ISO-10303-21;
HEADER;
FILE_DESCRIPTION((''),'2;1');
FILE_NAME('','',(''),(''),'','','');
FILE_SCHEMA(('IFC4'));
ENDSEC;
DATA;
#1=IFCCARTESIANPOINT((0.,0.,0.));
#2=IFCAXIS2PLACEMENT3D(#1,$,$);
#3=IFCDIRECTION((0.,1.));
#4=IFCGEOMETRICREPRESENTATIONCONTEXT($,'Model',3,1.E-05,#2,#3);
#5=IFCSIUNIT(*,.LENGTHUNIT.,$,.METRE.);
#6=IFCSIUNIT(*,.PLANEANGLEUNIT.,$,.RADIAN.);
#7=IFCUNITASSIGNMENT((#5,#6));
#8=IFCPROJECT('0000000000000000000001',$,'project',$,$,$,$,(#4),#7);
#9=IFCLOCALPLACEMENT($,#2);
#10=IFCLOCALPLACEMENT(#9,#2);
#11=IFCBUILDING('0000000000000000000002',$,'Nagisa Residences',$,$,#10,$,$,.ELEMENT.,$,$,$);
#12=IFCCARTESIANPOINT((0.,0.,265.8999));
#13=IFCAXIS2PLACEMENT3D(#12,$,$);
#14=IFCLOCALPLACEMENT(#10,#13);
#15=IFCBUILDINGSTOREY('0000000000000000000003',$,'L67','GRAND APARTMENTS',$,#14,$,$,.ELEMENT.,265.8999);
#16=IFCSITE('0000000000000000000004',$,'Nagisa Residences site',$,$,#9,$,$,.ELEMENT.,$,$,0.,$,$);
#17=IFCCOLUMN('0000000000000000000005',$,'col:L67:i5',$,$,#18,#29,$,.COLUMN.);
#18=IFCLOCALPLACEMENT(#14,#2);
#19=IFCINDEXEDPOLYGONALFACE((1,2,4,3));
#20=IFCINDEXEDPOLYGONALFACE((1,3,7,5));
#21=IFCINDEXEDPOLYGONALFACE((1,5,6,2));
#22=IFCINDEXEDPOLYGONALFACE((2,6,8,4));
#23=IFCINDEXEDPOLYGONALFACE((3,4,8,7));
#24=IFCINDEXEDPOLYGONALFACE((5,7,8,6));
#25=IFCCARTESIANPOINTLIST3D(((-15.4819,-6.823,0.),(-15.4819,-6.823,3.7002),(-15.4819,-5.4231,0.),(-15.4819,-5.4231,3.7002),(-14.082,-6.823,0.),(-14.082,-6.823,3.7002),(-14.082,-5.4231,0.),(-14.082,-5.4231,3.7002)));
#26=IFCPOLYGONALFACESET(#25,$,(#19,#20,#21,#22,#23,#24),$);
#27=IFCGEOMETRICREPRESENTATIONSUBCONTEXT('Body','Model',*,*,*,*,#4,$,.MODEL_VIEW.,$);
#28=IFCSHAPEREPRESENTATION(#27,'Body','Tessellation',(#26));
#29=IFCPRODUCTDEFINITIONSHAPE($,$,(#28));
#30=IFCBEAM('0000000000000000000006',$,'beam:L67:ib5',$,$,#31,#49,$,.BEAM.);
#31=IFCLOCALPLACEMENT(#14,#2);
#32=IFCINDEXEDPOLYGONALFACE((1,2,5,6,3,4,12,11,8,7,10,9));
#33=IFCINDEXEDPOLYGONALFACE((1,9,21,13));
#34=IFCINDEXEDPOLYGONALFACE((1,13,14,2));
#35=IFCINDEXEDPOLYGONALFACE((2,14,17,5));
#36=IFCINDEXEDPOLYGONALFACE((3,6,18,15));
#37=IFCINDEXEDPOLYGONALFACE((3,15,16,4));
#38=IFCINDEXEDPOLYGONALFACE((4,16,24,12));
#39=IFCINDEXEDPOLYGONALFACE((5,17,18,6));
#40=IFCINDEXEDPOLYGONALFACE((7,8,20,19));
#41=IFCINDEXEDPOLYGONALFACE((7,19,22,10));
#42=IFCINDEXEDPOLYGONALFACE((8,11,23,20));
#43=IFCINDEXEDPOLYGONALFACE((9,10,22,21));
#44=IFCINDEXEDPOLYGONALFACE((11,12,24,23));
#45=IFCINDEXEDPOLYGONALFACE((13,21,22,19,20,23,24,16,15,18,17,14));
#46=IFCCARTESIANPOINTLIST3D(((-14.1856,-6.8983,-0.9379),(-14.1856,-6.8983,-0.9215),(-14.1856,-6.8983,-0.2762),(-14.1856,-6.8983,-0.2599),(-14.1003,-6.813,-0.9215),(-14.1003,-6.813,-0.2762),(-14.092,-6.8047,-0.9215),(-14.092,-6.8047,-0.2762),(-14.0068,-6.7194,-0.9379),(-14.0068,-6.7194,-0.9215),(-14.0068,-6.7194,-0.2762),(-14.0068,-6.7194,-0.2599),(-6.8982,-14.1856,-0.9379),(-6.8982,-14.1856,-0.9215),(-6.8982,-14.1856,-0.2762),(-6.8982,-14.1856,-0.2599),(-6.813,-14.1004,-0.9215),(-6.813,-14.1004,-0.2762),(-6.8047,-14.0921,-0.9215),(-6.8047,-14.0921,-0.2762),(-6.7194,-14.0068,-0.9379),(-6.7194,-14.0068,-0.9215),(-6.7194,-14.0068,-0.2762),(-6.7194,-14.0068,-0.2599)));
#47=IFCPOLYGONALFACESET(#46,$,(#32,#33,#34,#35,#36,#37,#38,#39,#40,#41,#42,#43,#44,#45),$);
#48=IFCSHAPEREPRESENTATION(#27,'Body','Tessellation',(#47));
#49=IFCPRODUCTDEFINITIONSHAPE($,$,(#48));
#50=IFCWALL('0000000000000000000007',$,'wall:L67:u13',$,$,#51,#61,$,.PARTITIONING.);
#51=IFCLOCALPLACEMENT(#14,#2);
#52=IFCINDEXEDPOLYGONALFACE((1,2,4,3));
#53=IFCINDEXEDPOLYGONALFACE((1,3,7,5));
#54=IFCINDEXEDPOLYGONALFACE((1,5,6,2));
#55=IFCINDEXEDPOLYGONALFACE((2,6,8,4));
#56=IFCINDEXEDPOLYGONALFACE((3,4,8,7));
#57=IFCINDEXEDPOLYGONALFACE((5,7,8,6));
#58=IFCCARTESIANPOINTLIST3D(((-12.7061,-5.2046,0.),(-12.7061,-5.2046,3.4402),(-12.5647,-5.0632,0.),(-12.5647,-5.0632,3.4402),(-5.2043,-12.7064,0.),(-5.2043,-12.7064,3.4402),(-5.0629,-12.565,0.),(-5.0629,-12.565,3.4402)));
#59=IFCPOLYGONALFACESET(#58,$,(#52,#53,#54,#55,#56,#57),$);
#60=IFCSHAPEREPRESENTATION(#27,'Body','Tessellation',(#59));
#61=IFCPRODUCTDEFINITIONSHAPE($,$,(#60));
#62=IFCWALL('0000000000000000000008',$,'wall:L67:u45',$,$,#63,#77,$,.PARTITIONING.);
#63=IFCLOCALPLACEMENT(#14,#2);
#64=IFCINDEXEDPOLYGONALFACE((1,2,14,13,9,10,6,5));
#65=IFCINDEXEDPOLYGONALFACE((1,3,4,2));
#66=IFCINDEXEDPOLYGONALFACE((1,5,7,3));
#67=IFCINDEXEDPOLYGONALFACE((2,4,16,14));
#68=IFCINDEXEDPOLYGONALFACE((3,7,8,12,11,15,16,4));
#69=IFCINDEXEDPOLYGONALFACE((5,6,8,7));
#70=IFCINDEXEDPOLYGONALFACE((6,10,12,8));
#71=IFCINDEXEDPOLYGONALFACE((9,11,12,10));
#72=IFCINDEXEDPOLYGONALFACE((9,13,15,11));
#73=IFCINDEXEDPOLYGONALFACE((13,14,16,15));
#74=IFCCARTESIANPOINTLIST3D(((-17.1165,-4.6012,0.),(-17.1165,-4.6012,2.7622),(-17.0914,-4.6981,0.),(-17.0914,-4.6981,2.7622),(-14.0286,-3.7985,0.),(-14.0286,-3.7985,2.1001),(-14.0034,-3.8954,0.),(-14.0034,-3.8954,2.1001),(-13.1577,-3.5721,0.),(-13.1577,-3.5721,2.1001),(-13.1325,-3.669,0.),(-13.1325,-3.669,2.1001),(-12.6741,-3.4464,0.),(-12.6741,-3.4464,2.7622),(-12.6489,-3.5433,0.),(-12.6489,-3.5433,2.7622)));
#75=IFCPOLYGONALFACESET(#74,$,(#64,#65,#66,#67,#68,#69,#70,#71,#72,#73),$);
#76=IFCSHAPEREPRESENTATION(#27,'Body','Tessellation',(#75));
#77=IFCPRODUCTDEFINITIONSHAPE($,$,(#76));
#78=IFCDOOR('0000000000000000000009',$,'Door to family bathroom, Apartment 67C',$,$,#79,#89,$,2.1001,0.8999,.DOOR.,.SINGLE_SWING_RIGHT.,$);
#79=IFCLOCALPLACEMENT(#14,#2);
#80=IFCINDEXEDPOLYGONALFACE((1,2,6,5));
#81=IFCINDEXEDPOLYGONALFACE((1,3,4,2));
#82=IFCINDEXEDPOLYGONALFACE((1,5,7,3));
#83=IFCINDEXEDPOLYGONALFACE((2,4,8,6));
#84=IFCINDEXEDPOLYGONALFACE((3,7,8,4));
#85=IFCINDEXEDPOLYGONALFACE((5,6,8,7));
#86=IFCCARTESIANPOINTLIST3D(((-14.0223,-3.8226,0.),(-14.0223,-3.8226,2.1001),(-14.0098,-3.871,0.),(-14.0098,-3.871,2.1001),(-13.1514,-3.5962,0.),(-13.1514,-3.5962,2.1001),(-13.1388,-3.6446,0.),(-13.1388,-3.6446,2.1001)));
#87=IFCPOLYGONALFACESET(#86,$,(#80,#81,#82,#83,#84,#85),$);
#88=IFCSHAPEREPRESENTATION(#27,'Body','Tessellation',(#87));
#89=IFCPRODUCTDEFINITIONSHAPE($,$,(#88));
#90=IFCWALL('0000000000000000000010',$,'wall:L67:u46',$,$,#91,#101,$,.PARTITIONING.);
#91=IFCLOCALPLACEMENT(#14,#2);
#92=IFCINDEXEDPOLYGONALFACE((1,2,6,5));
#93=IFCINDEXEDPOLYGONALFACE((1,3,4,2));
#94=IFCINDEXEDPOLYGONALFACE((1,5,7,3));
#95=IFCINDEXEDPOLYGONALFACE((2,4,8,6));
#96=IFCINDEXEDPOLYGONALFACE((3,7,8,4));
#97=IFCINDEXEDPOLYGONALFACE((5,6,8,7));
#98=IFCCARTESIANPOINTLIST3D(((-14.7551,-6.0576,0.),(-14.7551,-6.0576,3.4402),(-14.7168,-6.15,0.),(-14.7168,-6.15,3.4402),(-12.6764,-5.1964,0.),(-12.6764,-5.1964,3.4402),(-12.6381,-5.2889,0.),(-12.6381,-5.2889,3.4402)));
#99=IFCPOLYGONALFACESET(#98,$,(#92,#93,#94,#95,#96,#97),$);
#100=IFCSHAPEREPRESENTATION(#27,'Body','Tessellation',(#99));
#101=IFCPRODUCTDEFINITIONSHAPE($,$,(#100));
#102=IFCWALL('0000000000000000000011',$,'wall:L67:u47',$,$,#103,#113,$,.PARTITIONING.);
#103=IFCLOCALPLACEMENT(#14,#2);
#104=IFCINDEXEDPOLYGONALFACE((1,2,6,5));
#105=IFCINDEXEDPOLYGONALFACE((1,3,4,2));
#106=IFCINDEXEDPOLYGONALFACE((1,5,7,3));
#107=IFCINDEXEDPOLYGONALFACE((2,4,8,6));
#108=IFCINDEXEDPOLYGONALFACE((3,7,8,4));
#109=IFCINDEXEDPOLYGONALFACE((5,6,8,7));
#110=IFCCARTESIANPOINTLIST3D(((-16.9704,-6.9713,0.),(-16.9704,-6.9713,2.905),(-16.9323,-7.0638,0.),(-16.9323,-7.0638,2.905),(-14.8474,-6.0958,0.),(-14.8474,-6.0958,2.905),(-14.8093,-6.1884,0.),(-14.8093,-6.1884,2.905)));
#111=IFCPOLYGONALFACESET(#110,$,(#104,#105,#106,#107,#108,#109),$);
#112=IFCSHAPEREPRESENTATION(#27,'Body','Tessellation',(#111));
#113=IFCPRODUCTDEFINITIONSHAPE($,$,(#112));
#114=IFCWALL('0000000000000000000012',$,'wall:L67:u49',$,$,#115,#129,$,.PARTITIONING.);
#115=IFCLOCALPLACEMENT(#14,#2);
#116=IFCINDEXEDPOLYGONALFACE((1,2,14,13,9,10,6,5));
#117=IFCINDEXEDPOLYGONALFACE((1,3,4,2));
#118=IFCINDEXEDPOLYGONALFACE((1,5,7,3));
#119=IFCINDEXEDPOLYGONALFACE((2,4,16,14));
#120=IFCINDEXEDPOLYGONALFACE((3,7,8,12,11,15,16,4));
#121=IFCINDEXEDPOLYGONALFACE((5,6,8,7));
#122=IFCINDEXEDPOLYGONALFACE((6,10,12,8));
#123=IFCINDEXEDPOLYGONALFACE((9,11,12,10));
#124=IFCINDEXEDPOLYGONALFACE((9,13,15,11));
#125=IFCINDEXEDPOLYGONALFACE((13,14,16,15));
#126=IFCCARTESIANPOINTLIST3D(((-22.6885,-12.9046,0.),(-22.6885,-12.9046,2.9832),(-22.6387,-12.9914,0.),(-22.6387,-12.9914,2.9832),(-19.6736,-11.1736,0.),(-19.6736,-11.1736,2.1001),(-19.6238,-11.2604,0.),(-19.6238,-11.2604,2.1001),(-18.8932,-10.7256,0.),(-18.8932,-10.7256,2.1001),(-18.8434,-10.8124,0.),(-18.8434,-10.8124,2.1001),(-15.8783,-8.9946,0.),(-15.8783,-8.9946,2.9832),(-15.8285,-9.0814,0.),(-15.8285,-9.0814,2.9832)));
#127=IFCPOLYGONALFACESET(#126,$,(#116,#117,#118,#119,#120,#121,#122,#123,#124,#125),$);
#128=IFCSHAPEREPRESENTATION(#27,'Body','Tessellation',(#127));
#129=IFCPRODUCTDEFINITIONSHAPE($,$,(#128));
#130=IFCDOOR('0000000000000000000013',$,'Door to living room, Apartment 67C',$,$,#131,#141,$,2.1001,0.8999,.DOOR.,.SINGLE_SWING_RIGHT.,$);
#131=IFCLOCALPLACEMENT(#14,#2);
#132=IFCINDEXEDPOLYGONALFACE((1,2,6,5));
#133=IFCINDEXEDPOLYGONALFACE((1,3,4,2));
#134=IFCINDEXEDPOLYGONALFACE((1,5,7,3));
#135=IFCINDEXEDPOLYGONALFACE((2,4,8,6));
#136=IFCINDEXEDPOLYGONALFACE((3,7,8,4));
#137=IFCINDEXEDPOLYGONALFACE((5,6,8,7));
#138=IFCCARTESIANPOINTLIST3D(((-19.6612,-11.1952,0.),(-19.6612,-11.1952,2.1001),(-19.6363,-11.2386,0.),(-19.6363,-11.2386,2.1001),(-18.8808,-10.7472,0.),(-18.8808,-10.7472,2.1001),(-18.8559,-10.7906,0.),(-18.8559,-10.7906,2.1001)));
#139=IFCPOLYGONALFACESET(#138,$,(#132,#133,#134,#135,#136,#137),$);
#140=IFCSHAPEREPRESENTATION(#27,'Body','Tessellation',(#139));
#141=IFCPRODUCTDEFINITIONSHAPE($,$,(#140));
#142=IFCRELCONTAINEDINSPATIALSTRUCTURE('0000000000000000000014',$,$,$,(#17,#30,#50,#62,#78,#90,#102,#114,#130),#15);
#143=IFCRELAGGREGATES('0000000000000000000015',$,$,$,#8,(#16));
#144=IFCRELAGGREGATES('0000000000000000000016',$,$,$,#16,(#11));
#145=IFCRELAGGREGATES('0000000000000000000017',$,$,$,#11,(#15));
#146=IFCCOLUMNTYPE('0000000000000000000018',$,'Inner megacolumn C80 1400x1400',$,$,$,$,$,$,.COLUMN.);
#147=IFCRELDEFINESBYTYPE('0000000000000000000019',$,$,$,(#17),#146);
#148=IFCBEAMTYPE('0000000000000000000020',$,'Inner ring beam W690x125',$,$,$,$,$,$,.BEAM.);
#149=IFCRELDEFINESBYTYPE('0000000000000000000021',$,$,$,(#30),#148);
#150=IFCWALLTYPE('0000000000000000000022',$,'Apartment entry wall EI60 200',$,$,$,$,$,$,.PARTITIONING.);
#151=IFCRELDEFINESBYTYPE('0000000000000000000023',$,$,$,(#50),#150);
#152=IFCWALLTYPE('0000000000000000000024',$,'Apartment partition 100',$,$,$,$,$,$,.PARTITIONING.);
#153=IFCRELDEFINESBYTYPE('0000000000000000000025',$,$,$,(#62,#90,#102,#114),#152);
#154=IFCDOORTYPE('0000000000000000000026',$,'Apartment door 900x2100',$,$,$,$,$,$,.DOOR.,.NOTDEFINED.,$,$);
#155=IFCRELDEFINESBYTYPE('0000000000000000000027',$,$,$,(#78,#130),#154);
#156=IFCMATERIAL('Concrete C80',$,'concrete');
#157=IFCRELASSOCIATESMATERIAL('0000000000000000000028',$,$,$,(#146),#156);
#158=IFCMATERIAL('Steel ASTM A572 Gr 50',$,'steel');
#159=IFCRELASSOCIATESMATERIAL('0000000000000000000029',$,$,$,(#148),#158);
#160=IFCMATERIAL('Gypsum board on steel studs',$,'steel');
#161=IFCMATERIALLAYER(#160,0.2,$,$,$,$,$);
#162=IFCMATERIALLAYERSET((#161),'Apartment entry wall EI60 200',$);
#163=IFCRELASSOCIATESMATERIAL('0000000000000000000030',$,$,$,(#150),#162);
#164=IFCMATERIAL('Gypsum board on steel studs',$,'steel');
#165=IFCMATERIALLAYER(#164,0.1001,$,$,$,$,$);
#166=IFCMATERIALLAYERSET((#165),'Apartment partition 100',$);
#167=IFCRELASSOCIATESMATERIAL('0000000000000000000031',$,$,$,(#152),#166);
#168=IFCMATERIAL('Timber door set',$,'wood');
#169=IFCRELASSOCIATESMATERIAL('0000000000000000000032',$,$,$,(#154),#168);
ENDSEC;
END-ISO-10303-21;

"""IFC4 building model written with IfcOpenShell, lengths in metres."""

from ifc_helpers import new_model, si_unit, direction, frame, frame_2d, origin, origin_2d, place, context, subcontext, project, spatial, rectangle, i_section, extrude, material, layer, layer_set, material_profile, profile_set, type_object, element, fill, save


model = new_model("IFC4")

# Units and contexts
model_context = context("Model", 3, precision=1e-05, world=origin(), true_north=direction((0.0, 1.0)))
body_context = subcontext(model_context, "Body", "Model", "MODEL_VIEW")
ifc_project = project(units=[si_unit("LENGTHUNIT", "METRE"), si_unit("PLANEANGLEUNIT", "RADIAN")], contexts=[model_context])

# Site, building, storey
site_placement = place(None, origin())
site = spatial("IfcSite", under=ifc_project, at=site_placement, Name="Nagisa Residences site", CompositionType="ELEMENT", RefElevation=0.0)
building_placement = place(site_placement, origin())
building = spatial("IfcBuilding", under=site, at=building_placement, Name="Nagisa Residences", CompositionType="ELEMENT")
storey_placement = place(building_placement, frame((0.0, 0.0, 265.8999)))
storey = spatial("IfcBuildingStorey", under=building, at=storey_placement, Name="L67", Description="GRAND APARTMENTS", CompositionType="ELEMENT", Elevation=265.8999)

# Column
ifc_material_1 = material(Name="Concrete C80", Category="concrete")
ifc_material_profile_1 = material_profile(ifc_material_1, rectangle(XDim=1.3999, YDim=1.3999, at=origin_2d()), Name="C80 1400x1400")
ifc_profile_set_1 = profile_set([ifc_material_profile_1], Name="Concrete C80")
column_type = type_object("IfcColumnType", Name="Inner megacolumn C80 1400x1400", PredefinedType="COLUMN", material=ifc_profile_set_1)
column_placement = place(storey_placement, frame((-14.782, -6.123, 0.0), z_axis=(0.0, 0.0, 1.0), x_axis=(1.0, 0.0, 0.0)))
element("IfcColumn", 1, at=column_placement, inside=storey, type_object=column_type, Name="col:L67:i5", PredefinedType="COLUMN", context=body_context, shape_type="SweptSolid", body=[
    extrude(rectangle(XDim=1.3999, YDim=1.3999, at=origin_2d()), origin(), (0.0, 0.0, 1.0), 3.7002),
])

# Beam
ifc_material_2 = material(Name="Steel ASTM A572 Gr 50", Category="steel")
ifc_material_profile_2 = material_profile(ifc_material_2, i_section(OverallWidth=0.2529, OverallDepth=0.678, WebThickness=0.0117, FlangeThickness=0.0164, at=origin_2d()), Name="W690x125")
ifc_profile_set_2 = profile_set([ifc_material_profile_2], Name="Steel ASTM A572 Gr 50")
beam_type = type_object("IfcBeamType", Name="Inner ring beam W690x125", PredefinedType="BEAM", material=ifc_profile_set_2)
beam_placement = place(storey_placement, frame((-14.0962, -6.8088, -0.5989), z_axis=(0.707107, -0.707107, 0.0), x_axis=(0.707107, 0.707107, 0.0)))
element("IfcBeam", 2, at=beam_placement, inside=storey, type_object=beam_type, Name="beam:L67:ib5", PredefinedType="BEAM", context=body_context, shape_type="SweptSolid", body=[
    extrude(i_section(OverallWidth=0.2529, OverallDepth=0.678, WebThickness=0.0117, FlangeThickness=0.0164, at=origin_2d()), origin(), (0.0, 0.0, 1.0), 10.3059),
])

# Wall
ifc_material_3 = material(Name="Gypsum board on steel studs", Category="steel")
ifc_layer_1 = layer(ifc_material_3, 0.2)
ifc_layer_set_1 = layer_set([ifc_layer_1], Name="Apartment entry wall EI60 200")
wall_type_1 = type_object("IfcWallType", Name="Apartment entry wall EI60 200", PredefinedType="PARTITIONING", material=ifc_layer_set_1)
wall_1_placement = place(storey_placement, frame((-12.6355, -5.1338, 0.0), z_axis=(0.0, 0.0, 1.0), x_axis=(0.707107, -0.707107, 0.0)))
element("IfcWall", 3, at=wall_1_placement, inside=storey, type_object=wall_type_1, Name="wall:L67:u13", PredefinedType="PARTITIONING", context=body_context, shape_type="SweptSolid", body=[
    extrude(rectangle(XDim=10.6091, YDim=0.2, at=frame_2d((5.3047, 0.0))), origin(), (0.0, 0.0, 1.0), 3.4402),
])

# Wall, opening, door
ifc_material_4 = material(Name="Gypsum board on steel studs", Category="steel")
ifc_layer_2 = layer(ifc_material_4, 0.1001)
ifc_layer_set_2 = layer_set([ifc_layer_2], Name="Apartment partition 100")
wall_type_2 = type_object("IfcWallType", Name="Apartment partition 100", PredefinedType="PARTITIONING", material=ifc_layer_set_2)
wall_2_placement = place(storey_placement, frame((-12.6616, -3.4949, 0.0), z_axis=(0.0, 0.0, 1.0), x_axis=(-0.967835, -0.251586, 0.0)))
wall_2 = element("IfcWall", 4, at=wall_2_placement, inside=storey, type_object=wall_type_2, Name="wall:L67:u45", PredefinedType="PARTITIONING", context=body_context, shape_type="SweptSolid", body=[
    extrude(rectangle(XDim=4.5901, YDim=0.1001, at=frame_2d((2.2949, 0.0))), origin(), (0.0, 0.0, 1.0), 2.7622),
])
opening_1_placement = place(wall_2_placement, frame((0.4995, 0.0, 0.0)))
opening_1 = element("IfcOpeningElement", 5, at=opening_1_placement, cuts=wall_2, PredefinedType="OPENING", context=body_context, shape_type="SweptSolid", body=[
    extrude(rectangle(XDim=0.8999, YDim=2.1001, at=frame_2d((0.45, 1.05))), frame((0.0, 0.0601, 0.0), z_axis=(0.0, -1.0, 0.0), x_axis=(1.0, 0.0, 0.0)), (0.0, 0.0, 1.0), 0.1201),
])
ifc_material_5 = material(Name="Timber door set", Category="wood")
door_type = type_object("IfcDoorType", Name="Apartment door 900x2100", OperationType="NOTDEFINED", PredefinedType="DOOR", material=ifc_material_5)
door_1_placement = place(opening_1_placement, origin())
door_1 = element("IfcDoor", 6, at=door_1_placement, inside=storey, type_object=door_type, Name="Door to family bathroom, Apartment 67C", OperationType="SINGLE_SWING_RIGHT", OverallHeight=2.1001, OverallWidth=0.8999, PredefinedType="DOOR", context=body_context, shape_type="SweptSolid", body=[
    extrude(rectangle(XDim=0.8999, YDim=2.1001, at=frame_2d((0.45, 1.05))), frame((0.0, 0.0249, 0.0), z_axis=(0.0, -1.0, 0.0), x_axis=(1.0, 0.0, 0.0)), (0.0, 0.0, 1.0), 0.05),
])
fill(opening_1, door_1)

# Walls
wall_3_placement = place(storey_placement, frame((-12.6572, -5.2427, 0.0), z_axis=(0.0, 0.0, 1.0), x_axis=(-0.923865, -0.382719, 0.0)))
element("IfcWall", 7, at=wall_3_placement, inside=storey, type_object=wall_type_2, Name="wall:L67:u46", PredefinedType="PARTITIONING", context=body_context, shape_type="SweptSolid", body=[
    extrude(rectangle(XDim=2.25, YDim=0.1001, at=frame_2d((1.125, 0.0))), origin(), (0.0, 0.0, 1.0), 3.4402),
])
wall_4_placement = place(storey_placement, frame((-14.8284, -6.1421, 0.0), z_axis=(0.0, 0.0, 1.0), x_axis=(-0.92448, -0.381231, 0.0)))
element("IfcWall", 8, at=wall_4_placement, inside=storey, type_object=wall_type_2, Name="wall:L67:u47", PredefinedType="PARTITIONING", context=body_context, shape_type="SweptSolid", body=[
    extrude(rectangle(XDim=2.2964, YDim=0.1001, at=frame_2d((1.1482, 0.0))), origin(), (0.0, 0.0, 1.0), 2.905),
])

# Wall, opening, door
wall_5_placement = place(storey_placement, frame((-15.8535, -9.0381, 0.0), z_axis=(0.0, 0.0, 1.0), x_axis=(-0.867229, -0.497909, 0.0)))
wall_5 = element("IfcWall", 9, at=wall_5_placement, inside=storey, type_object=wall_type_2, Name="wall:L67:u49", PredefinedType="PARTITIONING", context=body_context, shape_type="SweptSolid", body=[
    extrude(rectangle(XDim=7.8528, YDim=0.1001, at=frame_2d((3.9263, 0.0))), origin(), (0.0, 0.0, 1.0), 2.9832),
])
opening_2_placement = place(wall_5_placement, frame((3.4763, 0.0, 0.0)))
opening_2 = element("IfcOpeningElement", 10, at=opening_2_placement, cuts=wall_5, PredefinedType="OPENING", context=body_context, shape_type="SweptSolid", body=[
    extrude(rectangle(XDim=0.8999, YDim=2.1001, at=frame_2d((0.45, 1.05))), frame((0.0, 0.0601, 0.0), z_axis=(0.0, -1.0, 0.0), x_axis=(1.0, 0.0, 0.0)), (0.0, 0.0, 1.0), 0.1201),
])
door_2_placement = place(opening_2_placement, origin())
door_2 = element("IfcDoor", 11, at=door_2_placement, inside=storey, type_object=door_type, Name="Door to living room, Apartment 67C", OperationType="SINGLE_SWING_RIGHT", OverallHeight=2.1001, OverallWidth=0.8999, PredefinedType="DOOR", context=body_context, shape_type="SweptSolid", body=[
    extrude(rectangle(XDim=0.8999, YDim=2.1001, at=frame_2d((0.45, 1.05))), frame((0.0, 0.0249, 0.0), z_axis=(0.0, -1.0, 0.0), x_axis=(1.0, 0.0, 0.0)), (0.0, 0.0, 1.0), 0.05),
])
fill(opening_2, door_2)

save(model, "model.ifc")
